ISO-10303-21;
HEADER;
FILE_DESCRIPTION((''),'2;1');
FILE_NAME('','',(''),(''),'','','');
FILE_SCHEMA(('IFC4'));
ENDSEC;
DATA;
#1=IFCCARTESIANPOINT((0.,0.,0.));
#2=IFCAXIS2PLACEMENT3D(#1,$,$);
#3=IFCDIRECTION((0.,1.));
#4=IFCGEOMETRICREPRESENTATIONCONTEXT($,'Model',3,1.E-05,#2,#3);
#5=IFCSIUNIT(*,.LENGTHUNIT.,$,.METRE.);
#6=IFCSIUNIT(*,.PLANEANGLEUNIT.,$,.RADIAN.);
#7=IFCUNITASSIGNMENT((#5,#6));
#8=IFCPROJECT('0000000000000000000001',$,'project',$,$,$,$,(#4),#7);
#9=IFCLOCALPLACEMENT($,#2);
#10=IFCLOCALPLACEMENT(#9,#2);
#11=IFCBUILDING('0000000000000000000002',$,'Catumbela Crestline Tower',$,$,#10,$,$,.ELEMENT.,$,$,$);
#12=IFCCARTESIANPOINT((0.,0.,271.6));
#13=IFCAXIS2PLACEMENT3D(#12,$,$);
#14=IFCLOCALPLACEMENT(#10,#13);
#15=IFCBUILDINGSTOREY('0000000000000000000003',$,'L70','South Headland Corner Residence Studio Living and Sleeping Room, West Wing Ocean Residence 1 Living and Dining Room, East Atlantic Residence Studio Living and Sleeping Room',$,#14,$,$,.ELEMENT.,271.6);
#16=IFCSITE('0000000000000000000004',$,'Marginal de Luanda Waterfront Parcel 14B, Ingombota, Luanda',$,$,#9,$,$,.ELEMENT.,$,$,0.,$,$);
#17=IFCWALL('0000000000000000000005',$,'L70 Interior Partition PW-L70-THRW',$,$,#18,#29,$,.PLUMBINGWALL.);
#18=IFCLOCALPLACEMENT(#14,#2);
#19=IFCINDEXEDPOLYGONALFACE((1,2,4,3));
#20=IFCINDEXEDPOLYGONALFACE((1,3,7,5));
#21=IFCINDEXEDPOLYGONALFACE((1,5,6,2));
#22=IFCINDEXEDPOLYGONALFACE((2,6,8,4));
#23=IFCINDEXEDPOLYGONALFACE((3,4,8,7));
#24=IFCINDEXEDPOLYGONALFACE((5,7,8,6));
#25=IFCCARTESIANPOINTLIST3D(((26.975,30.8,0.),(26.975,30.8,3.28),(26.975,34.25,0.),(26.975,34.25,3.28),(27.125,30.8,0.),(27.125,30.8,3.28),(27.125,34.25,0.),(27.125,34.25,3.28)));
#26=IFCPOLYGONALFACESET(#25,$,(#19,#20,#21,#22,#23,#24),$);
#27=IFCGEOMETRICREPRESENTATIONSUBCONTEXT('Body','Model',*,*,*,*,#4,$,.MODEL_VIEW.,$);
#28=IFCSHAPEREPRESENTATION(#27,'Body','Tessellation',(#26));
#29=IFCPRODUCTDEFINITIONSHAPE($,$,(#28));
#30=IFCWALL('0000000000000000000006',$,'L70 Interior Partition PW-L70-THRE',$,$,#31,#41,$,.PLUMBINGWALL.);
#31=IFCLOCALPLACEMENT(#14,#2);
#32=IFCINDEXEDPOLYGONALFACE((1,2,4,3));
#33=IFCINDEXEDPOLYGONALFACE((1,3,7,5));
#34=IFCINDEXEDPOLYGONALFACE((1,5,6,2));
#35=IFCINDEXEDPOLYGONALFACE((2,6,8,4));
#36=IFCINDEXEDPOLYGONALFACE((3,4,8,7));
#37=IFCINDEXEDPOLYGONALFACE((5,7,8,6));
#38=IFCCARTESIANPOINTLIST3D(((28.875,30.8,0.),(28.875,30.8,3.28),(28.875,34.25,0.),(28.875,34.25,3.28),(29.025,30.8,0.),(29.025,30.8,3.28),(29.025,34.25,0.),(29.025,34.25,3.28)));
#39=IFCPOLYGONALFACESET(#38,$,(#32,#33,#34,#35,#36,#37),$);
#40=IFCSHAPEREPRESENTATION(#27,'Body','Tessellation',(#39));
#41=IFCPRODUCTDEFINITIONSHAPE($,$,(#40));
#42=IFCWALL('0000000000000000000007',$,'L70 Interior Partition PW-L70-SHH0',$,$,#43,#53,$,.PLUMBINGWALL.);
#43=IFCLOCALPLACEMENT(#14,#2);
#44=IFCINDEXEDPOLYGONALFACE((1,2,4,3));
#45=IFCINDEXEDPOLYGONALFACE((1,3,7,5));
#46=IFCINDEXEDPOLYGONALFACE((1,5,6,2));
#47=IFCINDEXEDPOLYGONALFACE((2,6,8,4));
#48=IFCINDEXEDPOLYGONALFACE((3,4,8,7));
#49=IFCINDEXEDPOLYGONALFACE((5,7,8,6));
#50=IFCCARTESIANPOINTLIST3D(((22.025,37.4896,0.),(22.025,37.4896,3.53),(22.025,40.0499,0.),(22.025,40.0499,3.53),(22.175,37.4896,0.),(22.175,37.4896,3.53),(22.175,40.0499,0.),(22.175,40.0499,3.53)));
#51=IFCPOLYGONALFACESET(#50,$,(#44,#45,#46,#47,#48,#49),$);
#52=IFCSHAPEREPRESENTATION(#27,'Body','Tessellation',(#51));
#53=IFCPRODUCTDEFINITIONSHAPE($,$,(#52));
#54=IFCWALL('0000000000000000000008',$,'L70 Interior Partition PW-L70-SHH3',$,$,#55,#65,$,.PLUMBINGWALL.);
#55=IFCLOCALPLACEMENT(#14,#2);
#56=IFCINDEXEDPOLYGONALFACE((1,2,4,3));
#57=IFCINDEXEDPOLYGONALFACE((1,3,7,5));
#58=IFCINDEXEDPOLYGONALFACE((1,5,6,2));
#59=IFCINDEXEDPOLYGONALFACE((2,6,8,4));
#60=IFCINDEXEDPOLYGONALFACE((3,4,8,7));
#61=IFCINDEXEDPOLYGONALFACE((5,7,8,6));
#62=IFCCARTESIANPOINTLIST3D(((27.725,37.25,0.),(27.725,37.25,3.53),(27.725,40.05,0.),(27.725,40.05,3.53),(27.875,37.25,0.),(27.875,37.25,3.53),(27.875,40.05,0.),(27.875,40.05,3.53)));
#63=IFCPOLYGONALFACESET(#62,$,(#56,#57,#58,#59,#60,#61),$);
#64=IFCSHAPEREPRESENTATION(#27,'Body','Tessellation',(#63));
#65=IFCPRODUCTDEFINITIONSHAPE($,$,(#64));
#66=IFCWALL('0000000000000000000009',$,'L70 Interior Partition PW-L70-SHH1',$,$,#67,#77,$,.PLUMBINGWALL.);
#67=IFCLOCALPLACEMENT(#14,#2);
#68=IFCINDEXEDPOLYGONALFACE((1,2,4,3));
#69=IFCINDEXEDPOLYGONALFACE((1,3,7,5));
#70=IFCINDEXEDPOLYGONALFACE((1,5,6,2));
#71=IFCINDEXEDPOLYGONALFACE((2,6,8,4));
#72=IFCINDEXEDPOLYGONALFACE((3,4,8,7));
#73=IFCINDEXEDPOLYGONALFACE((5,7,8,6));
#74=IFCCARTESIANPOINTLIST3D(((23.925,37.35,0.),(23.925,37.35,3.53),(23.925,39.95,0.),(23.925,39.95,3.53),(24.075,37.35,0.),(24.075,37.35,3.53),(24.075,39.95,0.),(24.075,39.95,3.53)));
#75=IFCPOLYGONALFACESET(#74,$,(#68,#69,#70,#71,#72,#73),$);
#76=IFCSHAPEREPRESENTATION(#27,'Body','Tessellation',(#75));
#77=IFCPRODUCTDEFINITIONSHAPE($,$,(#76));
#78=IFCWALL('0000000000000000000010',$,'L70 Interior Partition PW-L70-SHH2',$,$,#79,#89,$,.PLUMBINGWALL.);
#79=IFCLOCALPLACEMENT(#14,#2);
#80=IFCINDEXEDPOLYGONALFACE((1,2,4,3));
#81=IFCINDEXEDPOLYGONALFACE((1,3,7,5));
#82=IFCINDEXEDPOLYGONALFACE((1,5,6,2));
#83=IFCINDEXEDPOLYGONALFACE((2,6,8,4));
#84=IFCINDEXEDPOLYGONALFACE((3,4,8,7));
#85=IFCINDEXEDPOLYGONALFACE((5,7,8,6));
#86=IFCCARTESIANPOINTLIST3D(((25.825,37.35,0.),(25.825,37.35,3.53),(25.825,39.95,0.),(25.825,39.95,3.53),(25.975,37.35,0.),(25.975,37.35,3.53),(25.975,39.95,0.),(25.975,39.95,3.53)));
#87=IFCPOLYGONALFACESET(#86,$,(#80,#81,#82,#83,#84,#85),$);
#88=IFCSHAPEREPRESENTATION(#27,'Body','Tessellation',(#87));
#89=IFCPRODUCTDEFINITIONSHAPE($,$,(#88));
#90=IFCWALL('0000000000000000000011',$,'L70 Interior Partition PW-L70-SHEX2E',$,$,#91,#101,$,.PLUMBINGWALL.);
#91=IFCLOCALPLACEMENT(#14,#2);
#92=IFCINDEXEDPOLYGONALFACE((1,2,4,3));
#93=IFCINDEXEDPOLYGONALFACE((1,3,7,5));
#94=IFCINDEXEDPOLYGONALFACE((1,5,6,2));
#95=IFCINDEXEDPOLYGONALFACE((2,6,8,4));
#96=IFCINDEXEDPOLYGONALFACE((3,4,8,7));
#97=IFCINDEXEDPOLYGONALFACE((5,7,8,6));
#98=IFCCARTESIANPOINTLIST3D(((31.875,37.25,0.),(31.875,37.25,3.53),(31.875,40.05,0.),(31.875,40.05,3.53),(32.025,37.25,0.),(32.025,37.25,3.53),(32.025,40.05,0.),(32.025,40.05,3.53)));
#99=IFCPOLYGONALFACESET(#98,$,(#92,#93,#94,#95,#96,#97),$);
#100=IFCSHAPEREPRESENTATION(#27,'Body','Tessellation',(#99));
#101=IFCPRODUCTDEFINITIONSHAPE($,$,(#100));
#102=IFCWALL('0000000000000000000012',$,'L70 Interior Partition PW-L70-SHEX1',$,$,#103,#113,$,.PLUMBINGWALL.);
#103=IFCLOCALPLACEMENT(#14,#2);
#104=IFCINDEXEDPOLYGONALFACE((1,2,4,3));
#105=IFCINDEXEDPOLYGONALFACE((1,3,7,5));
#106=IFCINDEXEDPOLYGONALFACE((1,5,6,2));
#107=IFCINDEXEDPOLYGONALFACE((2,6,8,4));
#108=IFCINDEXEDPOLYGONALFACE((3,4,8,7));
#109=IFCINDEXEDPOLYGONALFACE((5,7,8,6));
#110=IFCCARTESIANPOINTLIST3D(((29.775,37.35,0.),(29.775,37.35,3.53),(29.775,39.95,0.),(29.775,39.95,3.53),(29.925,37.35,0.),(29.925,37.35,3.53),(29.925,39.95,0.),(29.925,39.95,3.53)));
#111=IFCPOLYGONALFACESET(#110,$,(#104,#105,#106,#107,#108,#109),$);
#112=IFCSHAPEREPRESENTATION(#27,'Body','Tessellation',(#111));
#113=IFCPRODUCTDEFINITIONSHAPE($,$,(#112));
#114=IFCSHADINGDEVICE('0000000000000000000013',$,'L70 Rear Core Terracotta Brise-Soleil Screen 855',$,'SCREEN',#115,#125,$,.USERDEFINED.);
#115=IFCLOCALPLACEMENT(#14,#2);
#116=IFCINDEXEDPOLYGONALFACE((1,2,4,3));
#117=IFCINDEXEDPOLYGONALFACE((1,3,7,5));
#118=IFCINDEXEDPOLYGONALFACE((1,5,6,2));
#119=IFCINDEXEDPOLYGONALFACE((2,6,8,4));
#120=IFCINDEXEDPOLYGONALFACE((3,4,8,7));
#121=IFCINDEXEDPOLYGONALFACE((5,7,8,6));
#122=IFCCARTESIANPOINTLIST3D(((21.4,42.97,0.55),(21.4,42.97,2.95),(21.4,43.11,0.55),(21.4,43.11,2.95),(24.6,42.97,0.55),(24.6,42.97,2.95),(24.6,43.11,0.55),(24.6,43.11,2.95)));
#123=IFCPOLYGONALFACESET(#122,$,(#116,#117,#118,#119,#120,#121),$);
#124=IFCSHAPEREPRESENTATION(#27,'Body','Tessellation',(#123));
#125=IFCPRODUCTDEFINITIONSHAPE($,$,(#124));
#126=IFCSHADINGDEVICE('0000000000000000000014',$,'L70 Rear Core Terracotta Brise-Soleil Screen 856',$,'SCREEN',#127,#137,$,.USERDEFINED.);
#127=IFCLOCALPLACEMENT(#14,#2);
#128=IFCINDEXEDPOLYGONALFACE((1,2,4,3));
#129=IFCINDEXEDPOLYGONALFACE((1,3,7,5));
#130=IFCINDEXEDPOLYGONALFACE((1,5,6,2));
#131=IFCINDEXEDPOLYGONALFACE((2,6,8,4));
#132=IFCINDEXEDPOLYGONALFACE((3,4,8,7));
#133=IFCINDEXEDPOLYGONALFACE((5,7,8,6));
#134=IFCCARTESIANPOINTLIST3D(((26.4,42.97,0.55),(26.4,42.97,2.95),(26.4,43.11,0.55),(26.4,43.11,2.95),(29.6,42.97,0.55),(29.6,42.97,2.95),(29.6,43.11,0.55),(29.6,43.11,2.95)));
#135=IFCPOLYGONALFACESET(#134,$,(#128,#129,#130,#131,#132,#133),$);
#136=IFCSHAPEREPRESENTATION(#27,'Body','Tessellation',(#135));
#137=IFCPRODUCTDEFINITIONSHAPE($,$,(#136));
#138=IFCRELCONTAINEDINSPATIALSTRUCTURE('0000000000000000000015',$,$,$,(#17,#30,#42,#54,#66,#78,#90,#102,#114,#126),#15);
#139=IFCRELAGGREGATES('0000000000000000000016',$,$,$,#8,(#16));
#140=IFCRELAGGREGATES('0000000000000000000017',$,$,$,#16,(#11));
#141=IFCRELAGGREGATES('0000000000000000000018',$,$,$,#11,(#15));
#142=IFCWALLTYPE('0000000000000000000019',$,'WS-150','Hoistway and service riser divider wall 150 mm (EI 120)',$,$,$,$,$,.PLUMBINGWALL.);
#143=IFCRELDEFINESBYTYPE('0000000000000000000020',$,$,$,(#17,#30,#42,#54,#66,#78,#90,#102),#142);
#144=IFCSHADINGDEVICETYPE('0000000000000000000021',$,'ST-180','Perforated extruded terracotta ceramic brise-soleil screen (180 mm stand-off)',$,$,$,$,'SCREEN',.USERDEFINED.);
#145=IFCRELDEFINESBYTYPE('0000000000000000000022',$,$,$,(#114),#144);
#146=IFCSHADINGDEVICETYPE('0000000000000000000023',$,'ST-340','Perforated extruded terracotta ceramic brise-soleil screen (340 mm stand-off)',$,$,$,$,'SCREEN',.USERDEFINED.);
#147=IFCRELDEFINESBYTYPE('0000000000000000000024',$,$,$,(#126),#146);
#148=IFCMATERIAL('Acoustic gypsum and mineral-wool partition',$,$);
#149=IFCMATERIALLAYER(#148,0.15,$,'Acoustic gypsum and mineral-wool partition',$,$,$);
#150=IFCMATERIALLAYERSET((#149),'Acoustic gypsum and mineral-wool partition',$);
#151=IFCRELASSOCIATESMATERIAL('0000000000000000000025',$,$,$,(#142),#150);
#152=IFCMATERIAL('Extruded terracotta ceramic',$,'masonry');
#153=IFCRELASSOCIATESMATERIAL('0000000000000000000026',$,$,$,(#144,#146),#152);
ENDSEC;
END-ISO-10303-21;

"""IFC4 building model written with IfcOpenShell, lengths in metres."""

from ifc_helpers import new_model, si_unit, direction, frame, frame_2d, origin, origin_2d, place, context, subcontext, project, spatial, rectangle, extrude, material, layer, layer_set, type_object, element, save


model = new_model("IFC4")

# Units and contexts
model_context = context("Model", 3, precision=1e-05, world=origin(), true_north=direction((0.0, 1.0)))
body_context = subcontext(model_context, "Body", "Model", "MODEL_VIEW")
ifc_project = project(units=[si_unit("LENGTHUNIT", "METRE"), si_unit("PLANEANGLEUNIT", "RADIAN")], contexts=[model_context])

# Site, building, storey
site_placement = place(None, origin())
site = spatial("IfcSite", under=ifc_project, at=site_placement, Name="Marginal de Luanda Waterfront Parcel 14B, Ingombota, Luanda", CompositionType="ELEMENT", RefElevation=0.0)
building_placement = place(site_placement, origin())
building = spatial("IfcBuilding", under=site, at=building_placement, Name="Catumbela Crestline Tower", CompositionType="ELEMENT")
storey_placement = place(building_placement, frame((0.0, 0.0, 271.6)))
storey = spatial("IfcBuildingStorey", under=building, at=storey_placement, Name="L70", Description="South Headland Corner Residence Studio Living and Sleeping Room, West Wing Ocean Residence 1 Living and Dining Room, East Atlantic Residence Studio Living and Sleeping Room", CompositionType="ELEMENT", Elevation=271.6)

# Shared definitions
ifc_material_1 = material(Name="Acoustic gypsum and mineral-wool partition")

# Walls
ifc_layer_1 = layer(ifc_material_1, 0.15, Name="Acoustic gypsum and mineral-wool partition")
ifc_layer_set_1 = layer_set([ifc_layer_1], Name="Acoustic gypsum and mineral-wool partition")
wall_type_1 = type_object("IfcWallType", Name="WS-150", Description="Hoistway and service riser divider wall 150 mm (EI 120)", PredefinedType="PLUMBINGWALL", material=ifc_layer_set_1)
for number, where, z_axis, x_axis, name in (
    (1, (27.05, 30.8, 0.0), (0.0, 0.0, 1.0), (0.0, 1.0, 0.0), "L70 Interior Partition PW-L70-THRW"),
    (2, (28.95, 30.8, 0.0), (0.0, 0.0, 1.0), (0.0, 1.0, 0.0), "L70 Interior Partition PW-L70-THRE"),
):
    element("IfcWall", number, at=place(storey_placement, frame(where, z_axis=z_axis, x_axis=x_axis)), inside=storey, type_object=wall_type_1, Name=name, PredefinedType="PLUMBINGWALL", context=body_context, shape_type="SweptSolid", body=[
        extrude(rectangle(XDim=3.45, YDim=0.15, at=frame_2d((1.725, 0.0))), origin(), (0.0, 0.0, 1.0), 3.28),
    ])
wall_1_placement = place(storey_placement, frame((22.1, 37.4897, 0.0), z_axis=(0.0, 0.0, 1.0), x_axis=(0.0, 1.0, 0.0)))
element("IfcWall", 3, at=wall_1_placement, inside=storey, type_object=wall_type_1, Name="L70 Interior Partition PW-L70-SHH0", PredefinedType="PLUMBINGWALL", context=body_context, shape_type="SweptSolid", body=[
    extrude(rectangle(XDim=2.5603, YDim=0.15, at=frame_2d((1.2801, 0.0))), origin(), (0.0, 0.0, 1.0), 3.53),
])
wall_2_placement = place(storey_placement, frame((27.8, 37.25, 0.0), z_axis=(0.0, 0.0, 1.0), x_axis=(0.0, 1.0, 0.0)))
element("IfcWall", 4, at=wall_2_placement, inside=storey, type_object=wall_type_1, Name="L70 Interior Partition PW-L70-SHH3", PredefinedType="PLUMBINGWALL", context=body_context, shape_type="SweptSolid", body=[
    extrude(rectangle(XDim=2.8, YDim=0.15, at=frame_2d((1.4, 0.0))), origin(), (0.0, 0.0, 1.0), 3.53),
])
for number, where, z_axis, x_axis, name in (
    (5, (24.0, 37.35, 0.0), (0.0, 0.0, 1.0), (0.0, 1.0, 0.0), "L70 Interior Partition PW-L70-SHH1"),
    (6, (25.9, 37.35, 0.0), (0.0, 0.0, 1.0), (0.0, 1.0, 0.0), "L70 Interior Partition PW-L70-SHH2"),
):
    element("IfcWall", number, at=place(storey_placement, frame(where, z_axis=z_axis, x_axis=x_axis)), inside=storey, type_object=wall_type_1, Name=name, PredefinedType="PLUMBINGWALL", context=body_context, shape_type="SweptSolid", body=[
        extrude(rectangle(XDim=2.6, YDim=0.15, at=frame_2d((1.3, 0.0))), origin(), (0.0, 0.0, 1.0), 3.53),
    ])
wall_3_placement = place(storey_placement, frame((31.95, 37.25, 0.0), z_axis=(0.0, 0.0, 1.0), x_axis=(0.0, 1.0, 0.0)))
element("IfcWall", 7, at=wall_3_placement, inside=storey, type_object=wall_type_1, Name="L70 Interior Partition PW-L70-SHEX2E", PredefinedType="PLUMBINGWALL", context=body_context, shape_type="SweptSolid", body=[
    extrude(rectangle(XDim=2.8, YDim=0.15, at=frame_2d((1.4, 0.0))), origin(), (0.0, 0.0, 1.0), 3.53),
])
wall_4_placement = place(storey_placement, frame((29.85, 37.35, 0.0), z_axis=(0.0, 0.0, 1.0), x_axis=(0.0, 1.0, 0.0)))
element("IfcWall", 8, at=wall_4_placement, inside=storey, type_object=wall_type_1, Name="L70 Interior Partition PW-L70-SHEX1", PredefinedType="PLUMBINGWALL", context=body_context, shape_type="SweptSolid", body=[
    extrude(rectangle(XDim=2.6, YDim=0.15, at=frame_2d((1.3, 0.0))), origin(), (0.0, 0.0, 1.0), 3.53),
])

# Shading devices
ifc_material_2 = material(Name="Extruded terracotta ceramic", Category="masonry")
shading_device_type_1 = type_object("IfcShadingDeviceType", Name="ST-180", Description="Perforated extruded terracotta ceramic brise-soleil screen (180 mm stand-off)", ElementType="SCREEN", PredefinedType="USERDEFINED", material=ifc_material_2)
shading_device_1_placement = place(storey_placement, frame((23.0, 43.04, 0.55), z_axis=(0.0, 0.0, 1.0), x_axis=(1.0, 0.0, 0.0)))
element("IfcShadingDevice", 9, at=shading_device_1_placement, inside=storey, type_object=shading_device_type_1, Name="L70 Rear Core Terracotta Brise-Soleil Screen 855", ObjectType="SCREEN", PredefinedType="USERDEFINED", context=body_context, shape_type="SweptSolid", body=[
    extrude(rectangle(XDim=3.2, YDim=0.14, at=origin_2d()), origin(), (0.0, 0.0, 1.0), 2.4),
])
shading_device_type_2 = type_object("IfcShadingDeviceType", Name="ST-340", Description="Perforated extruded terracotta ceramic brise-soleil screen (340 mm stand-off)", ElementType="SCREEN", PredefinedType="USERDEFINED", material=ifc_material_2)
shading_device_2_placement = place(storey_placement, frame((28.0, 43.04, 0.55), z_axis=(0.0, 0.0, 1.0), x_axis=(1.0, 0.0, 0.0)))
element("IfcShadingDevice", 10, at=shading_device_2_placement, inside=storey, type_object=shading_device_type_2, Name="L70 Rear Core Terracotta Brise-Soleil Screen 856", ObjectType="SCREEN", PredefinedType="USERDEFINED", context=body_context, shape_type="SweptSolid", body=[
    extrude(rectangle(XDim=3.2, YDim=0.14, at=origin_2d()), origin(), (0.0, 0.0, 1.0), 2.4),
])

save(model, "model.ifc")
